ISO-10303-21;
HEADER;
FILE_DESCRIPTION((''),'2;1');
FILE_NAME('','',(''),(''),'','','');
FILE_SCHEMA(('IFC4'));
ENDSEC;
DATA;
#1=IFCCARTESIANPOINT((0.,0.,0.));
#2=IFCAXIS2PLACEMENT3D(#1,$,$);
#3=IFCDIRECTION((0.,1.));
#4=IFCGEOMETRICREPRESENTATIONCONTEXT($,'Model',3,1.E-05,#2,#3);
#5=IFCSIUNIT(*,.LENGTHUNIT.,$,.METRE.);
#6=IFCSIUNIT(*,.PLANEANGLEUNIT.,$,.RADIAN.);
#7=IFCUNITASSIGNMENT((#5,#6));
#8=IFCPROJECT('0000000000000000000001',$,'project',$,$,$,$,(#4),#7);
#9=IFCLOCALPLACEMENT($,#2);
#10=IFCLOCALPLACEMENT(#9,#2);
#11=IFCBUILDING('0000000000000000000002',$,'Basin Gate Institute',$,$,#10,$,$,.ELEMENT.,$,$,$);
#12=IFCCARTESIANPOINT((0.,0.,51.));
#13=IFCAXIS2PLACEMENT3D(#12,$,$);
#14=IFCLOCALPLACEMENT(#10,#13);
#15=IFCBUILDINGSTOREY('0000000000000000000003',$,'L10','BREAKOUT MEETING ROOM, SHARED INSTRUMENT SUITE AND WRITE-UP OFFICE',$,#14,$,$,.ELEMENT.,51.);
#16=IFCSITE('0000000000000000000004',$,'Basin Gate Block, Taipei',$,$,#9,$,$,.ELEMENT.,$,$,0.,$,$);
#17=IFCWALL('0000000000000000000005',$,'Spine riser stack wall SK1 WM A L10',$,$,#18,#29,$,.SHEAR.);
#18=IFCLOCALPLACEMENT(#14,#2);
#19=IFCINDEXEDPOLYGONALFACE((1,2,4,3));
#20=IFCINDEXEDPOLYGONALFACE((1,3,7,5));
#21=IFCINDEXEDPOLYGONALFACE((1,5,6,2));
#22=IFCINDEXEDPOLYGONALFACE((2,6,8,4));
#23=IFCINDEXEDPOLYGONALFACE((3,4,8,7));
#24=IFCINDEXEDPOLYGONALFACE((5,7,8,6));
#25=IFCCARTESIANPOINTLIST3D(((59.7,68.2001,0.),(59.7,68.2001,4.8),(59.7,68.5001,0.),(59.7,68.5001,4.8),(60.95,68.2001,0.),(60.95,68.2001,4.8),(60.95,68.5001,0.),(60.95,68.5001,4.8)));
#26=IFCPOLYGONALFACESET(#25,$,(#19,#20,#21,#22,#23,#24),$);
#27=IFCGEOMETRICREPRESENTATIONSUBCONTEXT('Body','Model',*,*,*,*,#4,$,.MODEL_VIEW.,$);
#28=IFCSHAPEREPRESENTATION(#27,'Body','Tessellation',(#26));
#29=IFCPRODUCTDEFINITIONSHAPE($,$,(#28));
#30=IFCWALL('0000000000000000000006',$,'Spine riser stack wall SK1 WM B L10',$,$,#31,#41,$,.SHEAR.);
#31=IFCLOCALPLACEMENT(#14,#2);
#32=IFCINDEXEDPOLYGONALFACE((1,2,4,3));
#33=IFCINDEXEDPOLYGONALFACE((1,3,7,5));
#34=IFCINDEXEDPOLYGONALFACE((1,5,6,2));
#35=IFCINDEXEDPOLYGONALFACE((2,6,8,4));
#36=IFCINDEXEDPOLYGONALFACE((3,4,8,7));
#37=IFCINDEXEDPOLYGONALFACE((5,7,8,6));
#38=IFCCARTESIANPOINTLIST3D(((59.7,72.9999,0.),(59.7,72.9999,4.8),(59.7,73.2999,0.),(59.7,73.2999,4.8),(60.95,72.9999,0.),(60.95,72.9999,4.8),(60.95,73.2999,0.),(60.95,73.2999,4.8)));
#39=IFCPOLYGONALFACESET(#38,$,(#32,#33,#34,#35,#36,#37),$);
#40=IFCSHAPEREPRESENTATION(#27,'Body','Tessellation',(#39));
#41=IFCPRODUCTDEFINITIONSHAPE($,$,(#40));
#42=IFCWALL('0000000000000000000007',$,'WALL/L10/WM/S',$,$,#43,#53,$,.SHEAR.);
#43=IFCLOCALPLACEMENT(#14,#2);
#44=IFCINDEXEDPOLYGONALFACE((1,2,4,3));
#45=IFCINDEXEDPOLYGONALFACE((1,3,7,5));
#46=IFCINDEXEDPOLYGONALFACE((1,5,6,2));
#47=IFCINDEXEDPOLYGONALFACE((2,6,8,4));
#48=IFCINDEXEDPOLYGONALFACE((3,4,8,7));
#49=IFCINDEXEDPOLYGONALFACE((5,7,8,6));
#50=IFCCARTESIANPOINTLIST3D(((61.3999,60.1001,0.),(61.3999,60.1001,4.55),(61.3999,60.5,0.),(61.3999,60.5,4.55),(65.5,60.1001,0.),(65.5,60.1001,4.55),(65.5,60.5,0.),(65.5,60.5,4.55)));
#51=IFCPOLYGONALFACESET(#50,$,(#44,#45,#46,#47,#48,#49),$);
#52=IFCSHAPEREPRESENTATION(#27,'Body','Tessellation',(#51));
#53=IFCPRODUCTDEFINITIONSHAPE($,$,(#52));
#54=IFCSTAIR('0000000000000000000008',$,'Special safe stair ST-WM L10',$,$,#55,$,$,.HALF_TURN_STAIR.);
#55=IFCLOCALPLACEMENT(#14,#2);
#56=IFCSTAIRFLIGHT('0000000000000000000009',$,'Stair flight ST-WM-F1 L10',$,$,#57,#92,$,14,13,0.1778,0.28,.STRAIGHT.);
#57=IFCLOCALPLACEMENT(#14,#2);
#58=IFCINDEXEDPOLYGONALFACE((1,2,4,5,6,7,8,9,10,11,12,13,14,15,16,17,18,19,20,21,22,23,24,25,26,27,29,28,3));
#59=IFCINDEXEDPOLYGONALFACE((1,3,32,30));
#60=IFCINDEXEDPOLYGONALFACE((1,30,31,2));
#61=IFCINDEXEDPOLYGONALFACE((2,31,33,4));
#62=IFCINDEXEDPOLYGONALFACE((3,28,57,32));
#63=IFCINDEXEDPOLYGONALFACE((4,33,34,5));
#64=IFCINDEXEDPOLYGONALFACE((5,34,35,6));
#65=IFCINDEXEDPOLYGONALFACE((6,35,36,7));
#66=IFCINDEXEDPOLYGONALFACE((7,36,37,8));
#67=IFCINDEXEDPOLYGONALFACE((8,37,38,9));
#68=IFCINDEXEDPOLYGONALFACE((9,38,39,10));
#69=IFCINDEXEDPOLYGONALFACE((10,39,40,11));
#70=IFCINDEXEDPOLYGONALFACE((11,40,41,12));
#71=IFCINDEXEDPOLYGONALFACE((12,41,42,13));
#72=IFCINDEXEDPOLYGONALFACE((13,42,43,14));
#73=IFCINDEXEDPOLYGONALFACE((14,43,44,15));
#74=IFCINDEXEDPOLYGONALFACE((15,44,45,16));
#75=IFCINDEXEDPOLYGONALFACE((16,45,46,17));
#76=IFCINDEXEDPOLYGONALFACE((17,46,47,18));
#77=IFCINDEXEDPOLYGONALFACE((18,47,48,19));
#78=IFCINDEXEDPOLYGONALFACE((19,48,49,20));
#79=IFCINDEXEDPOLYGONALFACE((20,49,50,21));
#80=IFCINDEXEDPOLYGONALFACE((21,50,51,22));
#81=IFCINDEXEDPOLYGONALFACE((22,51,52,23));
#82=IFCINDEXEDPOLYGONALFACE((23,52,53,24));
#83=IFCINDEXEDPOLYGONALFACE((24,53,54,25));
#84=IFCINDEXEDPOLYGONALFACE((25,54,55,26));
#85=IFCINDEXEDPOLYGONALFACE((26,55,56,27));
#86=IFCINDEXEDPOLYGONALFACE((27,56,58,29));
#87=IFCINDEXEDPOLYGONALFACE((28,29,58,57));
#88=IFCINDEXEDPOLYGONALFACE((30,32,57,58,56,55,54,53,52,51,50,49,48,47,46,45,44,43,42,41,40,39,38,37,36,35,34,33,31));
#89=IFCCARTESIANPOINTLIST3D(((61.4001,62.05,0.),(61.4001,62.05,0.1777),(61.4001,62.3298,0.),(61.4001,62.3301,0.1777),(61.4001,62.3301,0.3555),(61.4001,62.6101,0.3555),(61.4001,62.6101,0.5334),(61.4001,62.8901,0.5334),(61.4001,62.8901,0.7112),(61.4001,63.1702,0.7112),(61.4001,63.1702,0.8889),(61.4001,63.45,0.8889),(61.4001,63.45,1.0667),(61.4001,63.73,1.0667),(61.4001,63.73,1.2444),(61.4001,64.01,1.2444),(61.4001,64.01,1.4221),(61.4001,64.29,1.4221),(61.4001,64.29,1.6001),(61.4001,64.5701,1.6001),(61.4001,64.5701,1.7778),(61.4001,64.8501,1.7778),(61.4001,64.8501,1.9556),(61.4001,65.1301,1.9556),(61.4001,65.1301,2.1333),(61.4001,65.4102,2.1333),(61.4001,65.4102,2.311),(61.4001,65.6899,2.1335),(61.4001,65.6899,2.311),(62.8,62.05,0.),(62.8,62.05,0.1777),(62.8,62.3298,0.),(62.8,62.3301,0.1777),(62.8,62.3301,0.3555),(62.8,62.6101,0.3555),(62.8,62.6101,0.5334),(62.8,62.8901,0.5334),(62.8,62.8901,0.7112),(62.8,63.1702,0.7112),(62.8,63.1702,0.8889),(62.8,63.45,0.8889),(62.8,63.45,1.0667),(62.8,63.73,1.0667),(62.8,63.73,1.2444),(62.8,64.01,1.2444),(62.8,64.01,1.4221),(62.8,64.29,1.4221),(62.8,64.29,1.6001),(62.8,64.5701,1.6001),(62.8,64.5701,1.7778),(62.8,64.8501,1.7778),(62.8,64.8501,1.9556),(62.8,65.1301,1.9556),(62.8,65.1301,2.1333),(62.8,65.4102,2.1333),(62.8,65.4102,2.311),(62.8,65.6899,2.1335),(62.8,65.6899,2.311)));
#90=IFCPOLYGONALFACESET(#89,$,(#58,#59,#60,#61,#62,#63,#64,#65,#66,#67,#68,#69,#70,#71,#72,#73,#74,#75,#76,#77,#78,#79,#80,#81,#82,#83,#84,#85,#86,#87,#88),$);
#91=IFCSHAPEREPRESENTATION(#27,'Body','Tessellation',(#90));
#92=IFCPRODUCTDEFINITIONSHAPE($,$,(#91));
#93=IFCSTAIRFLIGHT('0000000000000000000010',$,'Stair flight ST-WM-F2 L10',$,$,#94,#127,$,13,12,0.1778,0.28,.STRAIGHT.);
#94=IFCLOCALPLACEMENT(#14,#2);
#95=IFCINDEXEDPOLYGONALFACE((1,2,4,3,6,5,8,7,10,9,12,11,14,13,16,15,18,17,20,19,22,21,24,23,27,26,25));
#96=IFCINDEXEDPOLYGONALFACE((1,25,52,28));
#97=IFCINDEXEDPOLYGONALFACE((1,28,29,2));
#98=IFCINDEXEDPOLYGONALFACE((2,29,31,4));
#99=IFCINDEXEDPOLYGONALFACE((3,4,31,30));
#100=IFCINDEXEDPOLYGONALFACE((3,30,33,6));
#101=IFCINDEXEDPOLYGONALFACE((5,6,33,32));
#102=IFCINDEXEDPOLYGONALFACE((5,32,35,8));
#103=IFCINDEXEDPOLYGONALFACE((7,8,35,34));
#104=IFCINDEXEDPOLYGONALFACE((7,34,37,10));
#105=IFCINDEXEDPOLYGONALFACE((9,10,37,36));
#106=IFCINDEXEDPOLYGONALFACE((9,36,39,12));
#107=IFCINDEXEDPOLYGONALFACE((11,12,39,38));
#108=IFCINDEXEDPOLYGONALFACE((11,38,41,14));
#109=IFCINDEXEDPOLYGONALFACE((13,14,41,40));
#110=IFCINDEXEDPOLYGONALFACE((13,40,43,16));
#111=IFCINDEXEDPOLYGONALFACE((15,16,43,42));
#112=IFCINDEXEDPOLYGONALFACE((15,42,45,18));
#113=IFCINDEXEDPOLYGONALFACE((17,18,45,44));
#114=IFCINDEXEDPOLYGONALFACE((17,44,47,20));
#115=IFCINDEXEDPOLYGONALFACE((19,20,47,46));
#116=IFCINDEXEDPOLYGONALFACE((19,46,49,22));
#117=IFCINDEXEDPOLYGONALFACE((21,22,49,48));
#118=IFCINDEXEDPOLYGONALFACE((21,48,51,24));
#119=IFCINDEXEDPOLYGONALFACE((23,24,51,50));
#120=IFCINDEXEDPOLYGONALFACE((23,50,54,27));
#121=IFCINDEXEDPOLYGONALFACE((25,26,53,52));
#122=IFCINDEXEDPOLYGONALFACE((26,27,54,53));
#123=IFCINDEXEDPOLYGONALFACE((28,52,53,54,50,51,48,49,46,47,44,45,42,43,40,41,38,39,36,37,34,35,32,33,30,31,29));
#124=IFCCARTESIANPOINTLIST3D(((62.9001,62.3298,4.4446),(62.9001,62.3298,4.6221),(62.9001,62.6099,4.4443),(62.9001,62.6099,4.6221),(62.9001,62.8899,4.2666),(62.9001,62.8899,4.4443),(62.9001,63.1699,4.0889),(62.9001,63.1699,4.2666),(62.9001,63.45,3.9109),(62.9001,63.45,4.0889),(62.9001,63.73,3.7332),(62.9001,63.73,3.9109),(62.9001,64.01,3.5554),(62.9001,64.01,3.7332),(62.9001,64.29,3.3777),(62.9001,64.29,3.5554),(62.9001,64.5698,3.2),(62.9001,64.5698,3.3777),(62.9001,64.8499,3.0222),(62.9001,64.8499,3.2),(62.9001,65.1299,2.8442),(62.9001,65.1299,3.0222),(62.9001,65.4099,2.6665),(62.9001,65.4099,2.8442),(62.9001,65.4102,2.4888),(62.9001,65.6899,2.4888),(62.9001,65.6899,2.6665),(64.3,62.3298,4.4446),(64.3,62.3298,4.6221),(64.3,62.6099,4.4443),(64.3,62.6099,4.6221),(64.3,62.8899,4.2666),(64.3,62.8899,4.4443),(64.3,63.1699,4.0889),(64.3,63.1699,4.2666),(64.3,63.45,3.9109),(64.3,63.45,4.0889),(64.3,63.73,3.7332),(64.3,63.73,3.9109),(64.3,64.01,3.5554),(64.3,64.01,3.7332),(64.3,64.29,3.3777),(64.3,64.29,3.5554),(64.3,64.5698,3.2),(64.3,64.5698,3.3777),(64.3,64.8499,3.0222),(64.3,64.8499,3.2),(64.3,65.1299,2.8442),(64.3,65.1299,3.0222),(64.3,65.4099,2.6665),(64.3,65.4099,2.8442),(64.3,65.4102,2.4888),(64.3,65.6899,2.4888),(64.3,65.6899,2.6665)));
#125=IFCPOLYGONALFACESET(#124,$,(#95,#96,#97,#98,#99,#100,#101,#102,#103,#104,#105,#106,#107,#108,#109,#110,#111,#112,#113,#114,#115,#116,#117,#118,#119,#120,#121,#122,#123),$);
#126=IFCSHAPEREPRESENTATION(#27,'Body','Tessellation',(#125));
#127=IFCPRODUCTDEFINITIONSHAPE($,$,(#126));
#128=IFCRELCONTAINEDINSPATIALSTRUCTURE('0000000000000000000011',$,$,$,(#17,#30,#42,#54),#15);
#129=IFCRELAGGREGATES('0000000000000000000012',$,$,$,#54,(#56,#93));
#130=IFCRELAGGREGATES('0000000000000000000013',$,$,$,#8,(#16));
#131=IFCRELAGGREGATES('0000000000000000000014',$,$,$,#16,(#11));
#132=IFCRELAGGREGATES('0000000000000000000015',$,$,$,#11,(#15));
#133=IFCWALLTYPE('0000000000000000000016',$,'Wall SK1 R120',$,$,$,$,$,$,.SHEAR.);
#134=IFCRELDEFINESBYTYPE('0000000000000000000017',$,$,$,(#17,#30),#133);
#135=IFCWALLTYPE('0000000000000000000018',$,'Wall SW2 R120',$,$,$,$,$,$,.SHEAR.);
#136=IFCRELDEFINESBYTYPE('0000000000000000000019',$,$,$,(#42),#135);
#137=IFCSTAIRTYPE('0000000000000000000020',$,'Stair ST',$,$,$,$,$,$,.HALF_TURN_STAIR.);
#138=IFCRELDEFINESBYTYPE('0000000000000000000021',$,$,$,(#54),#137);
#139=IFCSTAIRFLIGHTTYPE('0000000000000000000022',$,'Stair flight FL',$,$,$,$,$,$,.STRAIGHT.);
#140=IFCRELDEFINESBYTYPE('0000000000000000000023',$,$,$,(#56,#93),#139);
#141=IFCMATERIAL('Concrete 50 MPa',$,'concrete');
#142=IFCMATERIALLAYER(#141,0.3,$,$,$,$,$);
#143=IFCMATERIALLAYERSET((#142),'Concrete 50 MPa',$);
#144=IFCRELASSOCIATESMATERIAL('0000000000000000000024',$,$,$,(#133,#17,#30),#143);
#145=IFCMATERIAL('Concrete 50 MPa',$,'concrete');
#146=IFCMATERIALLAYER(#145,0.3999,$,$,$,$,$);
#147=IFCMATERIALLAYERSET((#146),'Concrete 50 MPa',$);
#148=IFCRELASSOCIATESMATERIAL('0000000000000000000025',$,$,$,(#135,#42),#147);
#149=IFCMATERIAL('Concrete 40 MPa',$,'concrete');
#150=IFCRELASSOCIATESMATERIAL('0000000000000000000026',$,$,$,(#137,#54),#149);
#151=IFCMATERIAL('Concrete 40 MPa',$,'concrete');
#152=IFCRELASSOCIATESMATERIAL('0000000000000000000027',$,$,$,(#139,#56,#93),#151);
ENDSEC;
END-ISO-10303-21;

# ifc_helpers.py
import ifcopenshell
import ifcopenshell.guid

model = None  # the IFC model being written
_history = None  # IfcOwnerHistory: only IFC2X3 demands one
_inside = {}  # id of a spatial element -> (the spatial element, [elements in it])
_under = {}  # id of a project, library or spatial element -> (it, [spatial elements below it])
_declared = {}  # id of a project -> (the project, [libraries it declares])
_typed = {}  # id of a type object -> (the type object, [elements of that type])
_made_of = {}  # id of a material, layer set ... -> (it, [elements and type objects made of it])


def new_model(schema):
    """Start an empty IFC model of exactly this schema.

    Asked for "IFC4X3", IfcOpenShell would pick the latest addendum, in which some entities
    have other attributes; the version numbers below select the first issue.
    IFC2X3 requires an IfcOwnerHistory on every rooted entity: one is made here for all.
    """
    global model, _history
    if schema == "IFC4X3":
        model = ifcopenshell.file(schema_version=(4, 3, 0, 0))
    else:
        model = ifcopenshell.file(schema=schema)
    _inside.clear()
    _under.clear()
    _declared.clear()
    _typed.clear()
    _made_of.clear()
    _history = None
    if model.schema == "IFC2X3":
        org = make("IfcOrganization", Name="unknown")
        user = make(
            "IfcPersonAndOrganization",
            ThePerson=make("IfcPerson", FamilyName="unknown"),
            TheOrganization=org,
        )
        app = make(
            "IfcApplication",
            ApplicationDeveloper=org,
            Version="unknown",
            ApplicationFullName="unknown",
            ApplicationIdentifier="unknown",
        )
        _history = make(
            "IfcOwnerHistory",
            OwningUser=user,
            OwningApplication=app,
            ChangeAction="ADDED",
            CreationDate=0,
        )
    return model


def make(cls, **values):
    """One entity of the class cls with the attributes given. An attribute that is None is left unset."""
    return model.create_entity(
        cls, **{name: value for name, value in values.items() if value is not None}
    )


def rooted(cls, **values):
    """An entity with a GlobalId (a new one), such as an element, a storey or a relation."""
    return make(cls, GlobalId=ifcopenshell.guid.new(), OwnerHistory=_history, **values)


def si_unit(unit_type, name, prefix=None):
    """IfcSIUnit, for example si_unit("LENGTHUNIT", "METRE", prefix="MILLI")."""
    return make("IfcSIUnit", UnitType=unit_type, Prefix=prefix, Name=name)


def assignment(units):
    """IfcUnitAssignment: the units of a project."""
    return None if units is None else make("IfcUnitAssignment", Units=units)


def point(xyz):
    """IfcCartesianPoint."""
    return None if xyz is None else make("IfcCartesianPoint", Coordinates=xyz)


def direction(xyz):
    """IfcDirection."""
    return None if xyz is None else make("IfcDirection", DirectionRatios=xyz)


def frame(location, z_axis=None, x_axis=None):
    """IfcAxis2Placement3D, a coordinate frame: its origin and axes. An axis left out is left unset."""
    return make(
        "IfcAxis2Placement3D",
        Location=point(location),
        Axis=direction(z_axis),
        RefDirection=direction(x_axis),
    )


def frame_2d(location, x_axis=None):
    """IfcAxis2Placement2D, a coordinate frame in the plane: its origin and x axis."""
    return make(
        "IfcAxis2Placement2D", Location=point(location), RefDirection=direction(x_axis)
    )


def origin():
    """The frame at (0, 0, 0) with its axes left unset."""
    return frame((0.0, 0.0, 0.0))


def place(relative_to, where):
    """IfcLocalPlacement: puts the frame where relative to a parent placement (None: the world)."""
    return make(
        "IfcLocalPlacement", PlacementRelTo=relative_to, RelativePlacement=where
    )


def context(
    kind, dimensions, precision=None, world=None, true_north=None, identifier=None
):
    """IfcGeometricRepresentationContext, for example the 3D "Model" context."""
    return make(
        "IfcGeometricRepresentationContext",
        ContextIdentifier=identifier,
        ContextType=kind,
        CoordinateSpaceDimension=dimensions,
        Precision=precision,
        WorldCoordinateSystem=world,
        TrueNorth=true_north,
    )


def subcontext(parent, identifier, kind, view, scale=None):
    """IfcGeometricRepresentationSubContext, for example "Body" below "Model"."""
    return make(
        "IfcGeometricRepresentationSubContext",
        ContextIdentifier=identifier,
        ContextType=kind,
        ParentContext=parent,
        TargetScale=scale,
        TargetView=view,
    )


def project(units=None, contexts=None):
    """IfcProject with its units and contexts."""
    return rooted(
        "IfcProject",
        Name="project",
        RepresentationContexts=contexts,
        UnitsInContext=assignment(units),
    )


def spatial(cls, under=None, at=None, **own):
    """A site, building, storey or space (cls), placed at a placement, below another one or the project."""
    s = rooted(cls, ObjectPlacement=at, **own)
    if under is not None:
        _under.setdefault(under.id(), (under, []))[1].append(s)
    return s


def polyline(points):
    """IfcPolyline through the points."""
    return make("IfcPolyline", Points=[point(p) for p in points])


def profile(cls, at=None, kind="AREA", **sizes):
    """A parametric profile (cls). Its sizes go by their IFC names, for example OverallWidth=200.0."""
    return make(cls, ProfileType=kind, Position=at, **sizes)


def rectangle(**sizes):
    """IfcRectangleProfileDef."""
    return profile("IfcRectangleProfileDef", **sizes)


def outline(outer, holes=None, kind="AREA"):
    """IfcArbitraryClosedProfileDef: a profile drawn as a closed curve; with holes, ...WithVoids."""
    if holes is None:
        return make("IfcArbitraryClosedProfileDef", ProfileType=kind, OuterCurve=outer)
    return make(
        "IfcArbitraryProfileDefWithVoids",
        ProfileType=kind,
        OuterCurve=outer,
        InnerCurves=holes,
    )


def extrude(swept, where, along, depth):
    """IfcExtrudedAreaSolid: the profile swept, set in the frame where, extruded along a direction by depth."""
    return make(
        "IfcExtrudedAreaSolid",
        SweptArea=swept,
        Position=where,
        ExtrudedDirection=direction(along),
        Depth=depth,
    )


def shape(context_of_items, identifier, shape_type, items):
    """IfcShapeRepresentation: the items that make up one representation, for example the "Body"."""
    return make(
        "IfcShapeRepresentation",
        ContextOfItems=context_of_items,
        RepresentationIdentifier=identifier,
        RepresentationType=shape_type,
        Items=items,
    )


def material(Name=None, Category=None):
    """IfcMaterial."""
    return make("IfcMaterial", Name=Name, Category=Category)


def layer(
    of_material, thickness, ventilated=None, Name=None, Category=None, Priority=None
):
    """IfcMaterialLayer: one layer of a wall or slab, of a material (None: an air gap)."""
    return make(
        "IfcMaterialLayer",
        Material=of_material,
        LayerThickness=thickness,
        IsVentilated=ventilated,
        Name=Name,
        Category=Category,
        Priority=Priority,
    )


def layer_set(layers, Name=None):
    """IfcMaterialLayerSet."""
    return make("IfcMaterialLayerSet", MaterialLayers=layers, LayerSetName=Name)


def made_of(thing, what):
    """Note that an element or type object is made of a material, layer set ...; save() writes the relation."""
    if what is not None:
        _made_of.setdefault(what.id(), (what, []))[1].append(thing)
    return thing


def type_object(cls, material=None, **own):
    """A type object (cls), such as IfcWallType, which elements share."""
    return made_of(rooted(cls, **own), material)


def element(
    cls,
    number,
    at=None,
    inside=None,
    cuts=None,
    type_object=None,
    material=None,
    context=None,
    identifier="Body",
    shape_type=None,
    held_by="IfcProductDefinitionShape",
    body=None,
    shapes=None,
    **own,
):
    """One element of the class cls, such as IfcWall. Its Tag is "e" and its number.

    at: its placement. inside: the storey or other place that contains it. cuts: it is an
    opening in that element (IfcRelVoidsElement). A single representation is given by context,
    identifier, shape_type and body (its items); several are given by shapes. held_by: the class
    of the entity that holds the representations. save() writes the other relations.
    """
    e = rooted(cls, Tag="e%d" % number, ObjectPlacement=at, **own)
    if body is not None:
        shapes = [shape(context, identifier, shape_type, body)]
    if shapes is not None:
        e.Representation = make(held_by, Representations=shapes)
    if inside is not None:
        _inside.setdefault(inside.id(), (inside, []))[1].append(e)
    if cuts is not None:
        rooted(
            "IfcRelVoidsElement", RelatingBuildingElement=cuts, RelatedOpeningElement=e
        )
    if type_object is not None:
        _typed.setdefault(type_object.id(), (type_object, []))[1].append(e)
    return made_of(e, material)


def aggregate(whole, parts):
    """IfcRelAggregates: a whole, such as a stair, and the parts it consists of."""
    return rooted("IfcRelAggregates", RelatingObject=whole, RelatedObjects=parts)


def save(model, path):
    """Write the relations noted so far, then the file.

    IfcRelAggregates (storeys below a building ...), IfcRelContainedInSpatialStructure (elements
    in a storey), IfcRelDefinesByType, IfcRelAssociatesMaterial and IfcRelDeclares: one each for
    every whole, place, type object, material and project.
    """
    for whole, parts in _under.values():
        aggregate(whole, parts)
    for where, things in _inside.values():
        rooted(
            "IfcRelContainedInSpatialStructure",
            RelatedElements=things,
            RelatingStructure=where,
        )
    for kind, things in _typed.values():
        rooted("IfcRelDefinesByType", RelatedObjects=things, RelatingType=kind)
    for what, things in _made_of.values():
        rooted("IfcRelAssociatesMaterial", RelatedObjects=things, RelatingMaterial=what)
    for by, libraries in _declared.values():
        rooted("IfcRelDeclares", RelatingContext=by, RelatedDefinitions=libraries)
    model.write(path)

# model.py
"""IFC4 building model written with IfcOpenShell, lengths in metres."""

from ifc_helpers import new_model, si_unit, direction, frame, frame_2d, origin, place, context, subcontext, project, spatial, polyline, rectangle, outline, extrude, material, layer, layer_set, type_object, element, aggregate, save


model = new_model("IFC4")

# Units and contexts
model_context = context("Model", 3, precision=1e-05, world=origin(), true_north=direction((0.0, 1.0)))
body_context = subcontext(model_context, "Body", "Model", "MODEL_VIEW")
ifc_project = project(units=[si_unit("LENGTHUNIT", "METRE"), si_unit("PLANEANGLEUNIT", "RADIAN")], contexts=[model_context])

# Site, building, storey
site_placement = place(None, origin())
site = spatial("IfcSite", under=ifc_project, at=site_placement, Name="Basin Gate Block, Taipei", CompositionType="ELEMENT", RefElevation=0.0)
building_placement = place(site_placement, origin())
building = spatial("IfcBuilding", under=site, at=building_placement, Name="Basin Gate Institute", CompositionType="ELEMENT")
storey_placement = place(building_placement, frame((0.0, 0.0, 51.0)))
storey = spatial("IfcBuildingStorey", under=building, at=storey_placement, Name="L10", Description="BREAKOUT MEETING ROOM, SHARED INSTRUMENT SUITE AND WRITE-UP OFFICE", CompositionType="ELEMENT", Elevation=51.0)

# Shared definitions
ifc_material_1 = material(Name="Concrete 50 MPa", Category="concrete")
ifc_layer_1 = layer(ifc_material_1, 0.3)
ifc_layer_set_1 = layer_set([ifc_layer_1], Name="Concrete 50 MPa")
wall_type_1 = type_object("IfcWallType", Name="Wall SK1 R120", PredefinedType="SHEAR", material=ifc_layer_set_1)

# Walls
for number, where, z_axis, x_axis, name in (
    (1, (60.95, 68.3501, 0.0), (0.0, 0.0, 1.0), (-1.0, 0.0, 0.0), "Spine riser stack wall SK1 WM A L10"),
    (2, (60.95, 73.1499, 0.0), (0.0, 0.0, 1.0), (-1.0, 0.0, 0.0), "Spine riser stack wall SK1 WM B L10"),
):
    element("IfcWall", number, at=place(storey_placement, frame(where, z_axis=z_axis, x_axis=x_axis)), inside=storey, type_object=wall_type_1, material=ifc_layer_set_1, Name=name, PredefinedType="SHEAR", context=body_context, shape_type="SweptSolid", body=[
        extrude(rectangle(XDim=1.25, YDim=0.3, at=frame_2d((0.625, 0.0))), origin(), (0.0, 0.0, 1.0), 4.8),
    ])
ifc_material_2 = material(Name="Concrete 50 MPa", Category="concrete")
ifc_layer_2 = layer(ifc_material_2, 0.3999)
ifc_layer_set_2 = layer_set([ifc_layer_2], Name="Concrete 50 MPa")
wall_type_2 = type_object("IfcWallType", Name="Wall SW2 R120", PredefinedType="SHEAR", material=ifc_layer_set_2)
wall_1_placement = place(storey_placement, frame((61.3999, 60.3, 0.0), z_axis=(0.0, 0.0, 1.0), x_axis=(1.0, 0.0, 0.0)))
element("IfcWall", 3, at=wall_1_placement, inside=storey, type_object=wall_type_2, material=ifc_layer_set_2, Name="WALL/L10/WM/S", PredefinedType="SHEAR", context=body_context, shape_type="SweptSolid", body=[
    extrude(rectangle(XDim=4.1001, YDim=0.3999, at=frame_2d((2.05, 0.0))), origin(), (0.0, 0.0, 1.0), 4.55),
])

# Stair, stair flights
ifc_material_3 = material(Name="Concrete 40 MPa", Category="concrete")
stair_type = type_object("IfcStairType", Name="Stair ST", PredefinedType="HALF_TURN_STAIR", material=ifc_material_3)
stair_placement = place(storey_placement, origin())
stair = element("IfcStair", 4, at=stair_placement, inside=storey, type_object=stair_type, material=ifc_material_3, Name="Special safe stair ST-WM L10", PredefinedType="HALF_TURN_STAIR")
ifc_material_4 = material(Name="Concrete 40 MPa", Category="concrete")
stair_flight_type = type_object("IfcStairFlightType", Name="Stair flight FL", PredefinedType="STRAIGHT", material=ifc_material_4)
stair_flight_1_placement = place(storey_placement, frame((62.1001, 62.05, 0.0), z_axis=(0.0, 0.0, 1.0), x_axis=(0.0, 1.0, 0.0)))
stair_flight_1 = element("IfcStairFlight", 5, at=stair_flight_1_placement, type_object=stair_flight_type, material=ifc_material_4, Name="Stair flight ST-WM-F1 L10", NumberOfRisers=14, NumberOfTreads=13, PredefinedType="STRAIGHT", RiserHeight=0.1778, TreadLength=0.28, context=body_context, shape_type="SweptSolid", body=[
    extrude(outline(polyline([(0.0, 0.0), (0.0, 0.1777), (0.28, 0.1777), (0.28, 0.3555), (0.5601, 0.3555), (0.5601, 0.5334), (0.8401, 0.5334), (0.8401, 0.7112), (1.1201, 0.7112), (1.1201, 0.8889), (1.3999, 0.8889), (1.3999, 1.0667), (1.6799, 1.0667), (1.6799, 1.2444), (1.96, 1.2444), (1.96, 1.4221), (2.24, 1.4221), (2.24, 1.6001), (2.52, 1.6001), (2.52, 1.7778), (2.8, 1.7778), (2.8, 1.9556), (3.0801, 1.9556), (3.0801, 2.1333), (3.3601, 2.1333), (3.3601, 2.311), (3.6399, 2.311), (3.6399, 2.4888), (3.6399, 2.1335), (0.2798, 0.0), (0.0, 0.0)])), frame((0.0, 0.7, 0.0), z_axis=(0.0, -1.0, 0.0), x_axis=(1.0, 0.0, 0.0)), (0.0, 0.0, 1.0), 1.3999),
])
stair_flight_2_placement = place(storey_placement, frame((63.6001, 65.6899, 2.4888), z_axis=(0.0, 0.0, 1.0), x_axis=(0.0, -1.0, 0.0)))
stair_flight_2 = element("IfcStairFlight", 6, at=stair_flight_2_placement, type_object=stair_flight_type, material=ifc_material_4, Name="Stair flight ST-WM-F2 L10", NumberOfRisers=13, NumberOfTreads=12, PredefinedType="STRAIGHT", RiserHeight=0.1778, TreadLength=0.28, context=body_context, shape_type="SweptSolid", body=[
    extrude(outline(polyline([(0.0, 0.0), (0.0, 0.1777), (0.28, 0.1777), (0.28, 0.3555), (0.5601, 0.3555), (0.5601, 0.5334), (0.8401, 0.5334), (0.8401, 0.7112), (1.1201, 0.7112), (1.1201, 0.8889), (1.3999, 0.8889), (1.3999, 1.0667), (1.6799, 1.0667), (1.6799, 1.2444), (1.96, 1.2444), (1.96, 1.4221), (2.24, 1.4221), (2.24, 1.6001), (2.52, 1.6001), (2.52, 1.7778), (2.8, 1.7778), (2.8, 1.9556), (3.0801, 1.9556), (3.0801, 2.1333), (3.3601, 2.1333), (3.3601, 2.311), (3.3601, 1.9558), (0.2798, 0.0), (0.0, 0.0)])), frame((0.0, 0.7, 0.0), z_axis=(0.0, -1.0, 0.0), x_axis=(1.0, 0.0, 0.0)), (0.0, 0.0, 1.0), 1.3999),
])
aggregate(stair, [stair_flight_1, stair_flight_2])

save(model, "model.ifc")
